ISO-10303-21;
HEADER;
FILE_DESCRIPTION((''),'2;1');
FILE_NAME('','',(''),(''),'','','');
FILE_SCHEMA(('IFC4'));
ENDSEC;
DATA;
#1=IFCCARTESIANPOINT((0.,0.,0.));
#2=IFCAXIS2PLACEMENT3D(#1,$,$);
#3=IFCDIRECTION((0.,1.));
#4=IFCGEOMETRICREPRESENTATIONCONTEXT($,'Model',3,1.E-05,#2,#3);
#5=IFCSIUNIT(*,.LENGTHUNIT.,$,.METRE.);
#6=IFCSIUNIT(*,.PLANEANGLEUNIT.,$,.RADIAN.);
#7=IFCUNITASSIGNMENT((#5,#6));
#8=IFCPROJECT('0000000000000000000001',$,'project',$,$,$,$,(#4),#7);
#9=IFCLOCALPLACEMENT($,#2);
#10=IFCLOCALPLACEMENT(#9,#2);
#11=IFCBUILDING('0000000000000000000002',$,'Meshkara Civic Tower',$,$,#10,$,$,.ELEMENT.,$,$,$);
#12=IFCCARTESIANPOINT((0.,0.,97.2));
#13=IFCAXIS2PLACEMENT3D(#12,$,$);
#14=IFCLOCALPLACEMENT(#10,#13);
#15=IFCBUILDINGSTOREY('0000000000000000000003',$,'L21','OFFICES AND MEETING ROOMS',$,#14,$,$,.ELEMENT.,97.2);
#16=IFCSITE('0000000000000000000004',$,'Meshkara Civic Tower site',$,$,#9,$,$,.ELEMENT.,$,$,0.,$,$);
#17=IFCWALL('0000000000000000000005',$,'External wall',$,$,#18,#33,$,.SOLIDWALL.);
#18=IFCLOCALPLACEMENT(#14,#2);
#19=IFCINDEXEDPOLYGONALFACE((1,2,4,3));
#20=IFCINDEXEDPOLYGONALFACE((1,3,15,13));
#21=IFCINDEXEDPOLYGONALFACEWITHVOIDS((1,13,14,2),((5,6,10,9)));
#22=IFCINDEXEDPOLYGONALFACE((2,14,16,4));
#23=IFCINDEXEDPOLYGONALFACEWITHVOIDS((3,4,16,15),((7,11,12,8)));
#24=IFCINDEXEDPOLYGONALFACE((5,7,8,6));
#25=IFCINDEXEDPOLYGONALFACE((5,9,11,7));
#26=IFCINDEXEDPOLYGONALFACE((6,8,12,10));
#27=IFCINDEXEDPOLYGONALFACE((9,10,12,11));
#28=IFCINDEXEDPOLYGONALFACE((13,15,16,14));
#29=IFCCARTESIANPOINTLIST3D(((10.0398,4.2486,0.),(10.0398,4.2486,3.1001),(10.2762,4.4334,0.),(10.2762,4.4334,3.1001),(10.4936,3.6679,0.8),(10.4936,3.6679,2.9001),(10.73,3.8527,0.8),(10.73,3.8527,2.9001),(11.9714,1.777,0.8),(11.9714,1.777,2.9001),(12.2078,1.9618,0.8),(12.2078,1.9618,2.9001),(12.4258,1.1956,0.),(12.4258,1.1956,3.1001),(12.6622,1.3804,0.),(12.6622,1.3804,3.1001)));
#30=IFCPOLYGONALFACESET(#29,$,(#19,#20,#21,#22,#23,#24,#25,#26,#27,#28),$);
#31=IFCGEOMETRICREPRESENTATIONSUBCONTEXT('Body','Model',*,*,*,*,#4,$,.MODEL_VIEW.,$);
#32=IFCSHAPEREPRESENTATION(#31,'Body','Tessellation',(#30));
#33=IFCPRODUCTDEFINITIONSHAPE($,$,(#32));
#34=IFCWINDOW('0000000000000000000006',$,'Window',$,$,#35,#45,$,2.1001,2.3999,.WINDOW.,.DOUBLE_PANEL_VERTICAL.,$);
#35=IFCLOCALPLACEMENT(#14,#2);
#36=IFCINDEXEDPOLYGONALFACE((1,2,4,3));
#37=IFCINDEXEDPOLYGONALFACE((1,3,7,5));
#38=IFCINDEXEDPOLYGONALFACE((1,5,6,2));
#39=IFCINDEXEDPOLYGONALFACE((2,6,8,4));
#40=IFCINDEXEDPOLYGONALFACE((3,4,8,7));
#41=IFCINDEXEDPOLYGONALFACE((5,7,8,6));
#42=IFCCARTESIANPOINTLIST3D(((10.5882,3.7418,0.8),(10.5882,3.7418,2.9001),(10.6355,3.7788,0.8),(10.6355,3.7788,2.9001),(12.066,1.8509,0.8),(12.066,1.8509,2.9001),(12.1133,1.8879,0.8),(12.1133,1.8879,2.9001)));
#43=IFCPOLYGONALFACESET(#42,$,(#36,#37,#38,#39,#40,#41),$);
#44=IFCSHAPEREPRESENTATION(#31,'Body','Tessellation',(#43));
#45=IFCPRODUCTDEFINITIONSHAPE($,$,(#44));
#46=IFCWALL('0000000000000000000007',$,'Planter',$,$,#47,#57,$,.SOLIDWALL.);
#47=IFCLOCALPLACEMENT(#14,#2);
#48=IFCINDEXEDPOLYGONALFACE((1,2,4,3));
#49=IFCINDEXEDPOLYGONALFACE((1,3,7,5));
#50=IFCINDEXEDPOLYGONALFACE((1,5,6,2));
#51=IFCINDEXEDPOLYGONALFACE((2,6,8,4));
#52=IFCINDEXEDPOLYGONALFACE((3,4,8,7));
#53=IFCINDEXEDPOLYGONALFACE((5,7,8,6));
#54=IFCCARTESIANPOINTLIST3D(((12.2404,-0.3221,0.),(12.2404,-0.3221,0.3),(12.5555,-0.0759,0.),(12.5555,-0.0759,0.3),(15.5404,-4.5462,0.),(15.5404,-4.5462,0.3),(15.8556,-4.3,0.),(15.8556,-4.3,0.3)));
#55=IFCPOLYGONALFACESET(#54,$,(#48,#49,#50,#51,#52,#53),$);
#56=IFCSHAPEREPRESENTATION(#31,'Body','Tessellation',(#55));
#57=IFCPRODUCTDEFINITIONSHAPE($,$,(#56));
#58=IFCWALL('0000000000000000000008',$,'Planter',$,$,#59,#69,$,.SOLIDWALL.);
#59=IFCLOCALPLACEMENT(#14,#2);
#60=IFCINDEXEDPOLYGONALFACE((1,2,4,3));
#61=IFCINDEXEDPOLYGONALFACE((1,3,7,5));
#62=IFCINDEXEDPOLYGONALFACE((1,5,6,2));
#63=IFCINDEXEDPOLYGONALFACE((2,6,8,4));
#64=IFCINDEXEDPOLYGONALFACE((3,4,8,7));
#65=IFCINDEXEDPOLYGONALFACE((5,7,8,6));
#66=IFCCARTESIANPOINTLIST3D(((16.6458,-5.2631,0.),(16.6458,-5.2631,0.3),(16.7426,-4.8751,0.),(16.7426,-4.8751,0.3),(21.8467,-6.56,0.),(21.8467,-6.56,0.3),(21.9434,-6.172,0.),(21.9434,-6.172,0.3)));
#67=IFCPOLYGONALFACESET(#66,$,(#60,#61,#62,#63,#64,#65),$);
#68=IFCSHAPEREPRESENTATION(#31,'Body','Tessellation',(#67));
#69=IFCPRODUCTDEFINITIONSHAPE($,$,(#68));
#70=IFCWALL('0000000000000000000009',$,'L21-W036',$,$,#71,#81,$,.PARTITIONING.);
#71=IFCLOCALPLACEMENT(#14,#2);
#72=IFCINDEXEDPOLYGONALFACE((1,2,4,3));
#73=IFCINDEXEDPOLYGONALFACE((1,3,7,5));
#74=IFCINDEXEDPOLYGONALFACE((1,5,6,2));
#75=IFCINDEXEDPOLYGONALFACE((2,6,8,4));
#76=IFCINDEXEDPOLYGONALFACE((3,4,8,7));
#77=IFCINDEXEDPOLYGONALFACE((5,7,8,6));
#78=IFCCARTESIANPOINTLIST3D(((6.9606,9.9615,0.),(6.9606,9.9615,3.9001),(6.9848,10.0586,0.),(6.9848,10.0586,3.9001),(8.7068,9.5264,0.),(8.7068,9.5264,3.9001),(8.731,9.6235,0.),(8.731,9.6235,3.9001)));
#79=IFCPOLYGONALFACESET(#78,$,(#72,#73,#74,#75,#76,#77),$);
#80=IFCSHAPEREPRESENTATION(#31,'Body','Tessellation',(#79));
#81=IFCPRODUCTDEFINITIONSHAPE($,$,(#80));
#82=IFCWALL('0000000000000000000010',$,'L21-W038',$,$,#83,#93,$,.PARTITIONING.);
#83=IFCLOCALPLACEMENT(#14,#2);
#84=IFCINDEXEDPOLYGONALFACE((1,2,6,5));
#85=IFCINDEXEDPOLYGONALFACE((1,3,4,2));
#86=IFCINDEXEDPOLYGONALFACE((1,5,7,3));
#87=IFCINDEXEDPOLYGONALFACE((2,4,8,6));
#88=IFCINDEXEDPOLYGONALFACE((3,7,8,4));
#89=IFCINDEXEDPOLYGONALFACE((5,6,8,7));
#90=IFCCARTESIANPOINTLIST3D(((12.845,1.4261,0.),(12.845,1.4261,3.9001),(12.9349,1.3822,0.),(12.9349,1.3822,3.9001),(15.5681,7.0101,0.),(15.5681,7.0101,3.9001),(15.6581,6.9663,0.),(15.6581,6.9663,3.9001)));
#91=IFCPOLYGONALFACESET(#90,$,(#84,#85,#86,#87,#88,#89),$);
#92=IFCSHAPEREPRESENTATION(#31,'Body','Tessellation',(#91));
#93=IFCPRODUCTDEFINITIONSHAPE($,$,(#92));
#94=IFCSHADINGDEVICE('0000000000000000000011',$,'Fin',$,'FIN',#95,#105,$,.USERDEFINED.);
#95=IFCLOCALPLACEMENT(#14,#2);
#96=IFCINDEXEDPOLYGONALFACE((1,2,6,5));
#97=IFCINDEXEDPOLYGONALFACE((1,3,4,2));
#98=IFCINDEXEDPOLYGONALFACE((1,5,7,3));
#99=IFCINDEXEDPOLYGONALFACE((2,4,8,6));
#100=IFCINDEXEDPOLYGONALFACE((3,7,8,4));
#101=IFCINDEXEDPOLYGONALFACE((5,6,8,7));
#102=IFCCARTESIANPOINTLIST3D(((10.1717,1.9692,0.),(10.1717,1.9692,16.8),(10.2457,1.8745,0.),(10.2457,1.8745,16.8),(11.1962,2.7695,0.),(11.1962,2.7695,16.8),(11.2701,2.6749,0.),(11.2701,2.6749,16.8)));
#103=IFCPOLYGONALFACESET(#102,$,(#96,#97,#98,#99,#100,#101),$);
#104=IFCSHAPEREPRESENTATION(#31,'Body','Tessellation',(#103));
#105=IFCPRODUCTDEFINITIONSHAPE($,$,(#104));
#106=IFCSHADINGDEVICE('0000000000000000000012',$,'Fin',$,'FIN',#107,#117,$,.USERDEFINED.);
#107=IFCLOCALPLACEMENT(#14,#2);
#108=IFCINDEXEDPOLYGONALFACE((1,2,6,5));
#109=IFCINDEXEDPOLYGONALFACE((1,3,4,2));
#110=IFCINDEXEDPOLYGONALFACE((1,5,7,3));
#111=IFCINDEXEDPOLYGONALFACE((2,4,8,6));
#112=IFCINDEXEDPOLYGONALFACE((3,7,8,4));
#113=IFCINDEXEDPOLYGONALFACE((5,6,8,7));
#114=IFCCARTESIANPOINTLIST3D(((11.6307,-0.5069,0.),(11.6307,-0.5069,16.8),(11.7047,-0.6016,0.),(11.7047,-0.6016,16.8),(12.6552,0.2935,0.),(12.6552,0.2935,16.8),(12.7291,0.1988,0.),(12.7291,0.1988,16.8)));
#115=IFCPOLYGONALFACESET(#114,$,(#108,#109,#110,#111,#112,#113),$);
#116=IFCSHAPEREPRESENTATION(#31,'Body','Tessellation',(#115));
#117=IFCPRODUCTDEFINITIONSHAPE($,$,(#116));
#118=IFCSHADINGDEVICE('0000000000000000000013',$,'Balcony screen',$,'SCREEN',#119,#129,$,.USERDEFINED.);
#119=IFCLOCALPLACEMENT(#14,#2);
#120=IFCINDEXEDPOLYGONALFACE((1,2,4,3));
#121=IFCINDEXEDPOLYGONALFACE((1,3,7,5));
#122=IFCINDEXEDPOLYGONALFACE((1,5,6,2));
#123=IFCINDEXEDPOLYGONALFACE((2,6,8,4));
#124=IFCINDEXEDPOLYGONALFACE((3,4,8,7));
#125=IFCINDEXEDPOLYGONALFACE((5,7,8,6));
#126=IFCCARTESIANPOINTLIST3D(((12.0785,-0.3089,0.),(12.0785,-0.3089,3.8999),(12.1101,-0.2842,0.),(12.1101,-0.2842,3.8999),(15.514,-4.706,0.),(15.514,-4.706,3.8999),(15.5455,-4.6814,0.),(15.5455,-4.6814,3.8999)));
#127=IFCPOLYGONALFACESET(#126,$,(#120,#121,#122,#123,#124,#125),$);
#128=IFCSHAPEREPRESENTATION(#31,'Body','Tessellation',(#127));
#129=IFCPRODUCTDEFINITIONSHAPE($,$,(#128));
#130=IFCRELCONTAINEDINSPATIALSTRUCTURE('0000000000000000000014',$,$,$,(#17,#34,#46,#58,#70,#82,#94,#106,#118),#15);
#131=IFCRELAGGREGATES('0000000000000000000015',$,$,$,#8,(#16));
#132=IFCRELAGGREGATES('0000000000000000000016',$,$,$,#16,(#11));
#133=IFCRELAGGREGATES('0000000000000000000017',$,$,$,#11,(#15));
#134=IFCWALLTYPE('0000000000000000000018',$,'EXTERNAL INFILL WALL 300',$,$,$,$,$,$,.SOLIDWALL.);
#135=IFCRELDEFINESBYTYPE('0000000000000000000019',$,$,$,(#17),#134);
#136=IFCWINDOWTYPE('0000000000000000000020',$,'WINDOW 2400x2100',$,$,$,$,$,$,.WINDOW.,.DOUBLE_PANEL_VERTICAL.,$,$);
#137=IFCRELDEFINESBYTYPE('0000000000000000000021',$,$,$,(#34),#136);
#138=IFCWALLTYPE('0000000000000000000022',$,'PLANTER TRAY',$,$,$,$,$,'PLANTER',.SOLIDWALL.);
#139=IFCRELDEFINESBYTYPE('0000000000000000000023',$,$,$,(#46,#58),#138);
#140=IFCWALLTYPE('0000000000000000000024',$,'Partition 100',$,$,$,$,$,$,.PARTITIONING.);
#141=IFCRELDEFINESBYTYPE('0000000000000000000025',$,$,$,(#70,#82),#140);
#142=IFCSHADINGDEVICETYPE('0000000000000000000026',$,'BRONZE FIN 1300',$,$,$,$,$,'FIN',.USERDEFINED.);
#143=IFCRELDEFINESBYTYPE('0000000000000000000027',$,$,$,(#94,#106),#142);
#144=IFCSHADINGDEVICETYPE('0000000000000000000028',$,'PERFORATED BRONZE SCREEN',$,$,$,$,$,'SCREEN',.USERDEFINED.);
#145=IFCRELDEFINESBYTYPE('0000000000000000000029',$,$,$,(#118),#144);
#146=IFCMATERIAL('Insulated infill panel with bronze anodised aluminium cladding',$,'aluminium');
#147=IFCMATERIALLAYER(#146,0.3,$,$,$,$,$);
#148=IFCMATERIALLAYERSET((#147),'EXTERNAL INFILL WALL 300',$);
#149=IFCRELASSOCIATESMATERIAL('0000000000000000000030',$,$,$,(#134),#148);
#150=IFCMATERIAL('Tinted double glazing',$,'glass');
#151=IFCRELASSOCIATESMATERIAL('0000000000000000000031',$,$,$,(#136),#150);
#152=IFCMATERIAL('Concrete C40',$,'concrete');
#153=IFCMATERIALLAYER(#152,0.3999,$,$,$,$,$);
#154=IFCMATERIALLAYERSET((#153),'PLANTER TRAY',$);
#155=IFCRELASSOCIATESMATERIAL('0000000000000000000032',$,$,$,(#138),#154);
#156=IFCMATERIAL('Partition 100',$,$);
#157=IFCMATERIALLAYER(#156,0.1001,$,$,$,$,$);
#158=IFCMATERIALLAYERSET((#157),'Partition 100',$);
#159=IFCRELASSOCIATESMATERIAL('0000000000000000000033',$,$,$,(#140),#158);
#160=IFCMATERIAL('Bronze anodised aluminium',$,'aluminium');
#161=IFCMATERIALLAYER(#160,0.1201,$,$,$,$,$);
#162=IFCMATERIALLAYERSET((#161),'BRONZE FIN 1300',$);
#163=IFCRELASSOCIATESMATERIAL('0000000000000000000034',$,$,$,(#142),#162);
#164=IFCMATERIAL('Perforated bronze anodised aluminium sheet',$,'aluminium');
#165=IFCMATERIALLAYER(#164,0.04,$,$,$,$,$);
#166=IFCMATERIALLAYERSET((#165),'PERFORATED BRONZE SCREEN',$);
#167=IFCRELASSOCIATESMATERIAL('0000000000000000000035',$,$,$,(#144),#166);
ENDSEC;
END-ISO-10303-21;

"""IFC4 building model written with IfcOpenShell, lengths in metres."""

from ifc_helpers import new_model, si_unit, direction, frame, frame_2d, origin, origin_2d, place, context, subcontext, project, spatial, rectangle, extrude, material, layer, layer_set, type_object, element, fill, save


model = new_model("IFC4")

# Units and contexts
model_context = context("Model", 3, precision=1e-05, world=origin(), true_north=direction((0.0, 1.0)))
body_context = subcontext(model_context, "Body", "Model", "MODEL_VIEW")
ifc_project = project(units=[si_unit("LENGTHUNIT", "METRE"), si_unit("PLANEANGLEUNIT", "RADIAN")], contexts=[model_context])

# Site, building, storey
site_placement = place(None, origin())
site = spatial("IfcSite", under=ifc_project, at=site_placement, Name="Meshkara Civic Tower site", CompositionType="ELEMENT", RefElevation=0.0)
building_placement = place(site_placement, origin())
building = spatial("IfcBuilding", under=site, at=building_placement, Name="Meshkara Civic Tower", CompositionType="ELEMENT")
storey_placement = place(building_placement, frame((0.0, 0.0, 97.2)))
storey = spatial("IfcBuildingStorey", under=building, at=storey_placement, Name="L21", Description="OFFICES AND MEETING ROOMS", CompositionType="ELEMENT", Elevation=97.2)

# Wall, opening, window
ifc_material_1 = material(Name="Insulated infill panel with bronze anodised aluminium cladding", Category="aluminium")
ifc_layer_1 = layer(ifc_material_1, 0.3)
ifc_layer_set_1 = layer_set([ifc_layer_1], Name="EXTERNAL INFILL WALL 300")
wall_type_1 = type_object("IfcWallType", Name="EXTERNAL INFILL WALL 300", PredefinedType="SOLIDWALL", material=ifc_layer_set_1)
wall_1_placement = place(storey_placement, frame((10.158, 4.3411, 0.0), z_axis=(0.0, 0.0, 1.0), x_axis=(0.61578, -0.787918, 0.0)))
wall_1 = element("IfcWall", 1, at=wall_1_placement, inside=storey, type_object=wall_type_1, Name="External wall", PredefinedType="SOLIDWALL", context=body_context, shape_type="SweptSolid", body=[
    extrude(rectangle(XDim=3.8748, YDim=0.3, at=frame_2d((1.9375, 0.0))), origin(), (0.0, 0.0, 1.0), 3.1001),
])
opening_1_placement = place(wall_1_placement, frame((0.7371, 0.0, 0.8)))
opening_1 = element("IfcOpeningElement", 2, at=opening_1_placement, cuts=wall_1, PredefinedType="OPENING", context=body_context, shape_type="SweptSolid", body=[
    extrude(rectangle(XDim=2.3999, YDim=2.1001, at=frame_2d((1.2, 1.05))), frame((0.0, 0.1599, 0.0), z_axis=(0.0, -1.0, 0.0), x_axis=(1.0, 0.0, 0.0)), (0.0, 0.0, 1.0), 0.3201),
])
ifc_material_2 = material(Name="Tinted double glazing", Category="glass")
window_type = type_object("IfcWindowType", Name="WINDOW 2400x2100", PartitioningType="DOUBLE_PANEL_VERTICAL", PredefinedType="WINDOW", material=ifc_material_2)
window_placement = place(opening_1_placement, origin())
window = element("IfcWindow", 3, at=window_placement, inside=storey, type_object=window_type, Name="Window", OverallHeight=2.1001, OverallWidth=2.3999, PartitioningType="DOUBLE_PANEL_VERTICAL", PredefinedType="WINDOW", context=body_context, shape_type="SweptSolid", body=[
    extrude(rectangle(XDim=2.3999, YDim=2.1001, at=frame_2d((1.2, 1.05))), frame((0.0, 0.03, 0.0), z_axis=(0.0, -1.0, 0.0), x_axis=(1.0, 0.0, 0.0)), (0.0, 0.0, 1.0), 0.0601),
])
fill(opening_1, window)

# Walls
ifc_material_3 = material(Name="Concrete C40", Category="concrete")
ifc_layer_2 = layer(ifc_material_3, 0.3999)
ifc_layer_set_2 = layer_set([ifc_layer_2], Name="PLANTER TRAY")
wall_type_2 = type_object("IfcWallType", Name="PLANTER TRAY", ElementType="PLANTER", PredefinedType="SOLIDWALL", material=ifc_layer_set_2)
wall_2_placement = place(storey_placement, frame((12.3979, -0.199, 0.0), z_axis=(0.0, 0.0, 1.0), x_axis=(0.615639, -0.788029, 0.0)))
element("IfcWall", 4, at=wall_2_placement, inside=storey, type_object=wall_type_2, Name="Planter", PredefinedType="SOLIDWALL", context=body_context, shape_type="SweptSolid", body=[
    extrude(rectangle(XDim=5.3604, YDim=0.3999, at=frame_2d((2.6802, 0.0))), origin(), (0.0, 0.0, 1.0), 0.3),
])
wall_3_placement = place(storey_placement, frame((16.6941, -5.0691, 0.0), z_axis=(0.0, 0.0, 1.0), x_axis=(0.97029, -0.241946, 0.0)))
element("IfcWall", 5, at=wall_3_placement, inside=storey, type_object=wall_type_2, Name="Planter", PredefinedType="SOLIDWALL", context=body_context, shape_type="SweptSolid", body=[
    extrude(rectangle(XDim=5.3601, YDim=0.3999, at=frame_2d((2.6802, 0.0))), origin(), (0.0, 0.0, 1.0), 0.3),
])
ifc_material_4 = material(Name="Partition 100")
ifc_layer_3 = layer(ifc_material_4, 0.1001)
ifc_layer_set_3 = layer_set([ifc_layer_3], Name="Partition 100")
wall_type_3 = type_object("IfcWallType", Name="Partition 100", PredefinedType="PARTITIONING", material=ifc_layer_set_3)
wall_4_placement = place(storey_placement, frame((8.719, 9.575, 0.0), z_axis=(0.0, 0.0, 1.0), x_axis=(-0.970334, 0.241769, 0.0)))
element("IfcWall", 6, at=wall_4_placement, inside=storey, type_object=wall_type_3, Name="L21-W036", PredefinedType="PARTITIONING", context=body_context, shape_type="SweptSolid", body=[
    extrude(rectangle(XDim=1.7996, YDim=0.1001, at=frame_2d((0.8999, 0.0))), origin(), (0.0, 0.0, 1.0), 3.9001),
])
wall_5_placement = place(storey_placement, frame((12.8899, 1.4041, 0.0), z_axis=(0.0, 0.0, 1.0), x_axis=(0.438326, 0.898816, 0.0)))
element("IfcWall", 7, at=wall_5_placement, inside=storey, type_object=wall_type_3, Name="L21-W038", PredefinedType="PARTITIONING", context=body_context, shape_type="SweptSolid", body=[
    extrude(rectangle(XDim=6.2126, YDim=0.1001, at=frame_2d((3.1064, 0.0))), origin(), (0.0, 0.0, 1.0), 3.9001),
])

# Shading devices
ifc_material_5 = material(Name="Bronze anodised aluminium", Category="aluminium")
ifc_layer_4 = layer(ifc_material_5, 0.1201)
ifc_layer_set_4 = layer_set([ifc_layer_4], Name="BRONZE FIN 1300")
shading_device_type_1 = type_object("IfcShadingDeviceType", Name="BRONZE FIN 1300", ElementType="FIN", PredefinedType="USERDEFINED", material=ifc_layer_set_4)
for number, where, z_axis, x_axis, name in (
    (8, (10.7209, 2.322, 0.0), (0.0, 0.0, 1.0), (0.615661, -0.788011, 0.0), "Fin"),
    (9, (12.1799, -0.1541, 0.0), (0.0, 0.0, 1.0), (0.615661, -0.788011, 0.0), "Fin"),
):
    element("IfcShadingDevice", number, at=place(storey_placement, frame(where, z_axis=z_axis, x_axis=x_axis)), inside=storey, type_object=shading_device_type_1, Name=name, ObjectType="FIN", PredefinedType="USERDEFINED", context=body_context, shape_type="SweptSolid", body=[
        extrude(rectangle(XDim=0.1201, YDim=1.3, at=origin_2d()), origin(), (0.0, 0.0, 1.0), 16.8),
    ])
ifc_material_6 = material(Name="Perforated bronze anodised aluminium sheet", Category="aluminium")
ifc_layer_5 = layer(ifc_material_6, 0.04)
ifc_layer_set_5 = layer_set([ifc_layer_5], Name="PERFORATED BRONZE SCREEN")
shading_device_type_2 = type_object("IfcShadingDeviceType", Name="PERFORATED BRONZE SCREEN", ElementType="SCREEN", PredefinedType="USERDEFINED", material=ifc_layer_set_5)
shading_device_placement = place(storey_placement, frame((13.812, -2.4951, 0.0), z_axis=(0.0, 0.0, 1.0), x_axis=(0.615661, -0.788011, 0.0)))
element("IfcShadingDevice", 10, at=shading_device_placement, inside=storey, type_object=shading_device_type_2, Name="Balcony screen", ObjectType="SCREEN", PredefinedType="USERDEFINED", context=body_context, shape_type="SweptSolid", body=[
    extrude(rectangle(XDim=5.5801, YDim=0.04, at=origin_2d()), origin(), (0.0, 0.0, 1.0), 3.8999),
])

save(model, "model.ifc")
